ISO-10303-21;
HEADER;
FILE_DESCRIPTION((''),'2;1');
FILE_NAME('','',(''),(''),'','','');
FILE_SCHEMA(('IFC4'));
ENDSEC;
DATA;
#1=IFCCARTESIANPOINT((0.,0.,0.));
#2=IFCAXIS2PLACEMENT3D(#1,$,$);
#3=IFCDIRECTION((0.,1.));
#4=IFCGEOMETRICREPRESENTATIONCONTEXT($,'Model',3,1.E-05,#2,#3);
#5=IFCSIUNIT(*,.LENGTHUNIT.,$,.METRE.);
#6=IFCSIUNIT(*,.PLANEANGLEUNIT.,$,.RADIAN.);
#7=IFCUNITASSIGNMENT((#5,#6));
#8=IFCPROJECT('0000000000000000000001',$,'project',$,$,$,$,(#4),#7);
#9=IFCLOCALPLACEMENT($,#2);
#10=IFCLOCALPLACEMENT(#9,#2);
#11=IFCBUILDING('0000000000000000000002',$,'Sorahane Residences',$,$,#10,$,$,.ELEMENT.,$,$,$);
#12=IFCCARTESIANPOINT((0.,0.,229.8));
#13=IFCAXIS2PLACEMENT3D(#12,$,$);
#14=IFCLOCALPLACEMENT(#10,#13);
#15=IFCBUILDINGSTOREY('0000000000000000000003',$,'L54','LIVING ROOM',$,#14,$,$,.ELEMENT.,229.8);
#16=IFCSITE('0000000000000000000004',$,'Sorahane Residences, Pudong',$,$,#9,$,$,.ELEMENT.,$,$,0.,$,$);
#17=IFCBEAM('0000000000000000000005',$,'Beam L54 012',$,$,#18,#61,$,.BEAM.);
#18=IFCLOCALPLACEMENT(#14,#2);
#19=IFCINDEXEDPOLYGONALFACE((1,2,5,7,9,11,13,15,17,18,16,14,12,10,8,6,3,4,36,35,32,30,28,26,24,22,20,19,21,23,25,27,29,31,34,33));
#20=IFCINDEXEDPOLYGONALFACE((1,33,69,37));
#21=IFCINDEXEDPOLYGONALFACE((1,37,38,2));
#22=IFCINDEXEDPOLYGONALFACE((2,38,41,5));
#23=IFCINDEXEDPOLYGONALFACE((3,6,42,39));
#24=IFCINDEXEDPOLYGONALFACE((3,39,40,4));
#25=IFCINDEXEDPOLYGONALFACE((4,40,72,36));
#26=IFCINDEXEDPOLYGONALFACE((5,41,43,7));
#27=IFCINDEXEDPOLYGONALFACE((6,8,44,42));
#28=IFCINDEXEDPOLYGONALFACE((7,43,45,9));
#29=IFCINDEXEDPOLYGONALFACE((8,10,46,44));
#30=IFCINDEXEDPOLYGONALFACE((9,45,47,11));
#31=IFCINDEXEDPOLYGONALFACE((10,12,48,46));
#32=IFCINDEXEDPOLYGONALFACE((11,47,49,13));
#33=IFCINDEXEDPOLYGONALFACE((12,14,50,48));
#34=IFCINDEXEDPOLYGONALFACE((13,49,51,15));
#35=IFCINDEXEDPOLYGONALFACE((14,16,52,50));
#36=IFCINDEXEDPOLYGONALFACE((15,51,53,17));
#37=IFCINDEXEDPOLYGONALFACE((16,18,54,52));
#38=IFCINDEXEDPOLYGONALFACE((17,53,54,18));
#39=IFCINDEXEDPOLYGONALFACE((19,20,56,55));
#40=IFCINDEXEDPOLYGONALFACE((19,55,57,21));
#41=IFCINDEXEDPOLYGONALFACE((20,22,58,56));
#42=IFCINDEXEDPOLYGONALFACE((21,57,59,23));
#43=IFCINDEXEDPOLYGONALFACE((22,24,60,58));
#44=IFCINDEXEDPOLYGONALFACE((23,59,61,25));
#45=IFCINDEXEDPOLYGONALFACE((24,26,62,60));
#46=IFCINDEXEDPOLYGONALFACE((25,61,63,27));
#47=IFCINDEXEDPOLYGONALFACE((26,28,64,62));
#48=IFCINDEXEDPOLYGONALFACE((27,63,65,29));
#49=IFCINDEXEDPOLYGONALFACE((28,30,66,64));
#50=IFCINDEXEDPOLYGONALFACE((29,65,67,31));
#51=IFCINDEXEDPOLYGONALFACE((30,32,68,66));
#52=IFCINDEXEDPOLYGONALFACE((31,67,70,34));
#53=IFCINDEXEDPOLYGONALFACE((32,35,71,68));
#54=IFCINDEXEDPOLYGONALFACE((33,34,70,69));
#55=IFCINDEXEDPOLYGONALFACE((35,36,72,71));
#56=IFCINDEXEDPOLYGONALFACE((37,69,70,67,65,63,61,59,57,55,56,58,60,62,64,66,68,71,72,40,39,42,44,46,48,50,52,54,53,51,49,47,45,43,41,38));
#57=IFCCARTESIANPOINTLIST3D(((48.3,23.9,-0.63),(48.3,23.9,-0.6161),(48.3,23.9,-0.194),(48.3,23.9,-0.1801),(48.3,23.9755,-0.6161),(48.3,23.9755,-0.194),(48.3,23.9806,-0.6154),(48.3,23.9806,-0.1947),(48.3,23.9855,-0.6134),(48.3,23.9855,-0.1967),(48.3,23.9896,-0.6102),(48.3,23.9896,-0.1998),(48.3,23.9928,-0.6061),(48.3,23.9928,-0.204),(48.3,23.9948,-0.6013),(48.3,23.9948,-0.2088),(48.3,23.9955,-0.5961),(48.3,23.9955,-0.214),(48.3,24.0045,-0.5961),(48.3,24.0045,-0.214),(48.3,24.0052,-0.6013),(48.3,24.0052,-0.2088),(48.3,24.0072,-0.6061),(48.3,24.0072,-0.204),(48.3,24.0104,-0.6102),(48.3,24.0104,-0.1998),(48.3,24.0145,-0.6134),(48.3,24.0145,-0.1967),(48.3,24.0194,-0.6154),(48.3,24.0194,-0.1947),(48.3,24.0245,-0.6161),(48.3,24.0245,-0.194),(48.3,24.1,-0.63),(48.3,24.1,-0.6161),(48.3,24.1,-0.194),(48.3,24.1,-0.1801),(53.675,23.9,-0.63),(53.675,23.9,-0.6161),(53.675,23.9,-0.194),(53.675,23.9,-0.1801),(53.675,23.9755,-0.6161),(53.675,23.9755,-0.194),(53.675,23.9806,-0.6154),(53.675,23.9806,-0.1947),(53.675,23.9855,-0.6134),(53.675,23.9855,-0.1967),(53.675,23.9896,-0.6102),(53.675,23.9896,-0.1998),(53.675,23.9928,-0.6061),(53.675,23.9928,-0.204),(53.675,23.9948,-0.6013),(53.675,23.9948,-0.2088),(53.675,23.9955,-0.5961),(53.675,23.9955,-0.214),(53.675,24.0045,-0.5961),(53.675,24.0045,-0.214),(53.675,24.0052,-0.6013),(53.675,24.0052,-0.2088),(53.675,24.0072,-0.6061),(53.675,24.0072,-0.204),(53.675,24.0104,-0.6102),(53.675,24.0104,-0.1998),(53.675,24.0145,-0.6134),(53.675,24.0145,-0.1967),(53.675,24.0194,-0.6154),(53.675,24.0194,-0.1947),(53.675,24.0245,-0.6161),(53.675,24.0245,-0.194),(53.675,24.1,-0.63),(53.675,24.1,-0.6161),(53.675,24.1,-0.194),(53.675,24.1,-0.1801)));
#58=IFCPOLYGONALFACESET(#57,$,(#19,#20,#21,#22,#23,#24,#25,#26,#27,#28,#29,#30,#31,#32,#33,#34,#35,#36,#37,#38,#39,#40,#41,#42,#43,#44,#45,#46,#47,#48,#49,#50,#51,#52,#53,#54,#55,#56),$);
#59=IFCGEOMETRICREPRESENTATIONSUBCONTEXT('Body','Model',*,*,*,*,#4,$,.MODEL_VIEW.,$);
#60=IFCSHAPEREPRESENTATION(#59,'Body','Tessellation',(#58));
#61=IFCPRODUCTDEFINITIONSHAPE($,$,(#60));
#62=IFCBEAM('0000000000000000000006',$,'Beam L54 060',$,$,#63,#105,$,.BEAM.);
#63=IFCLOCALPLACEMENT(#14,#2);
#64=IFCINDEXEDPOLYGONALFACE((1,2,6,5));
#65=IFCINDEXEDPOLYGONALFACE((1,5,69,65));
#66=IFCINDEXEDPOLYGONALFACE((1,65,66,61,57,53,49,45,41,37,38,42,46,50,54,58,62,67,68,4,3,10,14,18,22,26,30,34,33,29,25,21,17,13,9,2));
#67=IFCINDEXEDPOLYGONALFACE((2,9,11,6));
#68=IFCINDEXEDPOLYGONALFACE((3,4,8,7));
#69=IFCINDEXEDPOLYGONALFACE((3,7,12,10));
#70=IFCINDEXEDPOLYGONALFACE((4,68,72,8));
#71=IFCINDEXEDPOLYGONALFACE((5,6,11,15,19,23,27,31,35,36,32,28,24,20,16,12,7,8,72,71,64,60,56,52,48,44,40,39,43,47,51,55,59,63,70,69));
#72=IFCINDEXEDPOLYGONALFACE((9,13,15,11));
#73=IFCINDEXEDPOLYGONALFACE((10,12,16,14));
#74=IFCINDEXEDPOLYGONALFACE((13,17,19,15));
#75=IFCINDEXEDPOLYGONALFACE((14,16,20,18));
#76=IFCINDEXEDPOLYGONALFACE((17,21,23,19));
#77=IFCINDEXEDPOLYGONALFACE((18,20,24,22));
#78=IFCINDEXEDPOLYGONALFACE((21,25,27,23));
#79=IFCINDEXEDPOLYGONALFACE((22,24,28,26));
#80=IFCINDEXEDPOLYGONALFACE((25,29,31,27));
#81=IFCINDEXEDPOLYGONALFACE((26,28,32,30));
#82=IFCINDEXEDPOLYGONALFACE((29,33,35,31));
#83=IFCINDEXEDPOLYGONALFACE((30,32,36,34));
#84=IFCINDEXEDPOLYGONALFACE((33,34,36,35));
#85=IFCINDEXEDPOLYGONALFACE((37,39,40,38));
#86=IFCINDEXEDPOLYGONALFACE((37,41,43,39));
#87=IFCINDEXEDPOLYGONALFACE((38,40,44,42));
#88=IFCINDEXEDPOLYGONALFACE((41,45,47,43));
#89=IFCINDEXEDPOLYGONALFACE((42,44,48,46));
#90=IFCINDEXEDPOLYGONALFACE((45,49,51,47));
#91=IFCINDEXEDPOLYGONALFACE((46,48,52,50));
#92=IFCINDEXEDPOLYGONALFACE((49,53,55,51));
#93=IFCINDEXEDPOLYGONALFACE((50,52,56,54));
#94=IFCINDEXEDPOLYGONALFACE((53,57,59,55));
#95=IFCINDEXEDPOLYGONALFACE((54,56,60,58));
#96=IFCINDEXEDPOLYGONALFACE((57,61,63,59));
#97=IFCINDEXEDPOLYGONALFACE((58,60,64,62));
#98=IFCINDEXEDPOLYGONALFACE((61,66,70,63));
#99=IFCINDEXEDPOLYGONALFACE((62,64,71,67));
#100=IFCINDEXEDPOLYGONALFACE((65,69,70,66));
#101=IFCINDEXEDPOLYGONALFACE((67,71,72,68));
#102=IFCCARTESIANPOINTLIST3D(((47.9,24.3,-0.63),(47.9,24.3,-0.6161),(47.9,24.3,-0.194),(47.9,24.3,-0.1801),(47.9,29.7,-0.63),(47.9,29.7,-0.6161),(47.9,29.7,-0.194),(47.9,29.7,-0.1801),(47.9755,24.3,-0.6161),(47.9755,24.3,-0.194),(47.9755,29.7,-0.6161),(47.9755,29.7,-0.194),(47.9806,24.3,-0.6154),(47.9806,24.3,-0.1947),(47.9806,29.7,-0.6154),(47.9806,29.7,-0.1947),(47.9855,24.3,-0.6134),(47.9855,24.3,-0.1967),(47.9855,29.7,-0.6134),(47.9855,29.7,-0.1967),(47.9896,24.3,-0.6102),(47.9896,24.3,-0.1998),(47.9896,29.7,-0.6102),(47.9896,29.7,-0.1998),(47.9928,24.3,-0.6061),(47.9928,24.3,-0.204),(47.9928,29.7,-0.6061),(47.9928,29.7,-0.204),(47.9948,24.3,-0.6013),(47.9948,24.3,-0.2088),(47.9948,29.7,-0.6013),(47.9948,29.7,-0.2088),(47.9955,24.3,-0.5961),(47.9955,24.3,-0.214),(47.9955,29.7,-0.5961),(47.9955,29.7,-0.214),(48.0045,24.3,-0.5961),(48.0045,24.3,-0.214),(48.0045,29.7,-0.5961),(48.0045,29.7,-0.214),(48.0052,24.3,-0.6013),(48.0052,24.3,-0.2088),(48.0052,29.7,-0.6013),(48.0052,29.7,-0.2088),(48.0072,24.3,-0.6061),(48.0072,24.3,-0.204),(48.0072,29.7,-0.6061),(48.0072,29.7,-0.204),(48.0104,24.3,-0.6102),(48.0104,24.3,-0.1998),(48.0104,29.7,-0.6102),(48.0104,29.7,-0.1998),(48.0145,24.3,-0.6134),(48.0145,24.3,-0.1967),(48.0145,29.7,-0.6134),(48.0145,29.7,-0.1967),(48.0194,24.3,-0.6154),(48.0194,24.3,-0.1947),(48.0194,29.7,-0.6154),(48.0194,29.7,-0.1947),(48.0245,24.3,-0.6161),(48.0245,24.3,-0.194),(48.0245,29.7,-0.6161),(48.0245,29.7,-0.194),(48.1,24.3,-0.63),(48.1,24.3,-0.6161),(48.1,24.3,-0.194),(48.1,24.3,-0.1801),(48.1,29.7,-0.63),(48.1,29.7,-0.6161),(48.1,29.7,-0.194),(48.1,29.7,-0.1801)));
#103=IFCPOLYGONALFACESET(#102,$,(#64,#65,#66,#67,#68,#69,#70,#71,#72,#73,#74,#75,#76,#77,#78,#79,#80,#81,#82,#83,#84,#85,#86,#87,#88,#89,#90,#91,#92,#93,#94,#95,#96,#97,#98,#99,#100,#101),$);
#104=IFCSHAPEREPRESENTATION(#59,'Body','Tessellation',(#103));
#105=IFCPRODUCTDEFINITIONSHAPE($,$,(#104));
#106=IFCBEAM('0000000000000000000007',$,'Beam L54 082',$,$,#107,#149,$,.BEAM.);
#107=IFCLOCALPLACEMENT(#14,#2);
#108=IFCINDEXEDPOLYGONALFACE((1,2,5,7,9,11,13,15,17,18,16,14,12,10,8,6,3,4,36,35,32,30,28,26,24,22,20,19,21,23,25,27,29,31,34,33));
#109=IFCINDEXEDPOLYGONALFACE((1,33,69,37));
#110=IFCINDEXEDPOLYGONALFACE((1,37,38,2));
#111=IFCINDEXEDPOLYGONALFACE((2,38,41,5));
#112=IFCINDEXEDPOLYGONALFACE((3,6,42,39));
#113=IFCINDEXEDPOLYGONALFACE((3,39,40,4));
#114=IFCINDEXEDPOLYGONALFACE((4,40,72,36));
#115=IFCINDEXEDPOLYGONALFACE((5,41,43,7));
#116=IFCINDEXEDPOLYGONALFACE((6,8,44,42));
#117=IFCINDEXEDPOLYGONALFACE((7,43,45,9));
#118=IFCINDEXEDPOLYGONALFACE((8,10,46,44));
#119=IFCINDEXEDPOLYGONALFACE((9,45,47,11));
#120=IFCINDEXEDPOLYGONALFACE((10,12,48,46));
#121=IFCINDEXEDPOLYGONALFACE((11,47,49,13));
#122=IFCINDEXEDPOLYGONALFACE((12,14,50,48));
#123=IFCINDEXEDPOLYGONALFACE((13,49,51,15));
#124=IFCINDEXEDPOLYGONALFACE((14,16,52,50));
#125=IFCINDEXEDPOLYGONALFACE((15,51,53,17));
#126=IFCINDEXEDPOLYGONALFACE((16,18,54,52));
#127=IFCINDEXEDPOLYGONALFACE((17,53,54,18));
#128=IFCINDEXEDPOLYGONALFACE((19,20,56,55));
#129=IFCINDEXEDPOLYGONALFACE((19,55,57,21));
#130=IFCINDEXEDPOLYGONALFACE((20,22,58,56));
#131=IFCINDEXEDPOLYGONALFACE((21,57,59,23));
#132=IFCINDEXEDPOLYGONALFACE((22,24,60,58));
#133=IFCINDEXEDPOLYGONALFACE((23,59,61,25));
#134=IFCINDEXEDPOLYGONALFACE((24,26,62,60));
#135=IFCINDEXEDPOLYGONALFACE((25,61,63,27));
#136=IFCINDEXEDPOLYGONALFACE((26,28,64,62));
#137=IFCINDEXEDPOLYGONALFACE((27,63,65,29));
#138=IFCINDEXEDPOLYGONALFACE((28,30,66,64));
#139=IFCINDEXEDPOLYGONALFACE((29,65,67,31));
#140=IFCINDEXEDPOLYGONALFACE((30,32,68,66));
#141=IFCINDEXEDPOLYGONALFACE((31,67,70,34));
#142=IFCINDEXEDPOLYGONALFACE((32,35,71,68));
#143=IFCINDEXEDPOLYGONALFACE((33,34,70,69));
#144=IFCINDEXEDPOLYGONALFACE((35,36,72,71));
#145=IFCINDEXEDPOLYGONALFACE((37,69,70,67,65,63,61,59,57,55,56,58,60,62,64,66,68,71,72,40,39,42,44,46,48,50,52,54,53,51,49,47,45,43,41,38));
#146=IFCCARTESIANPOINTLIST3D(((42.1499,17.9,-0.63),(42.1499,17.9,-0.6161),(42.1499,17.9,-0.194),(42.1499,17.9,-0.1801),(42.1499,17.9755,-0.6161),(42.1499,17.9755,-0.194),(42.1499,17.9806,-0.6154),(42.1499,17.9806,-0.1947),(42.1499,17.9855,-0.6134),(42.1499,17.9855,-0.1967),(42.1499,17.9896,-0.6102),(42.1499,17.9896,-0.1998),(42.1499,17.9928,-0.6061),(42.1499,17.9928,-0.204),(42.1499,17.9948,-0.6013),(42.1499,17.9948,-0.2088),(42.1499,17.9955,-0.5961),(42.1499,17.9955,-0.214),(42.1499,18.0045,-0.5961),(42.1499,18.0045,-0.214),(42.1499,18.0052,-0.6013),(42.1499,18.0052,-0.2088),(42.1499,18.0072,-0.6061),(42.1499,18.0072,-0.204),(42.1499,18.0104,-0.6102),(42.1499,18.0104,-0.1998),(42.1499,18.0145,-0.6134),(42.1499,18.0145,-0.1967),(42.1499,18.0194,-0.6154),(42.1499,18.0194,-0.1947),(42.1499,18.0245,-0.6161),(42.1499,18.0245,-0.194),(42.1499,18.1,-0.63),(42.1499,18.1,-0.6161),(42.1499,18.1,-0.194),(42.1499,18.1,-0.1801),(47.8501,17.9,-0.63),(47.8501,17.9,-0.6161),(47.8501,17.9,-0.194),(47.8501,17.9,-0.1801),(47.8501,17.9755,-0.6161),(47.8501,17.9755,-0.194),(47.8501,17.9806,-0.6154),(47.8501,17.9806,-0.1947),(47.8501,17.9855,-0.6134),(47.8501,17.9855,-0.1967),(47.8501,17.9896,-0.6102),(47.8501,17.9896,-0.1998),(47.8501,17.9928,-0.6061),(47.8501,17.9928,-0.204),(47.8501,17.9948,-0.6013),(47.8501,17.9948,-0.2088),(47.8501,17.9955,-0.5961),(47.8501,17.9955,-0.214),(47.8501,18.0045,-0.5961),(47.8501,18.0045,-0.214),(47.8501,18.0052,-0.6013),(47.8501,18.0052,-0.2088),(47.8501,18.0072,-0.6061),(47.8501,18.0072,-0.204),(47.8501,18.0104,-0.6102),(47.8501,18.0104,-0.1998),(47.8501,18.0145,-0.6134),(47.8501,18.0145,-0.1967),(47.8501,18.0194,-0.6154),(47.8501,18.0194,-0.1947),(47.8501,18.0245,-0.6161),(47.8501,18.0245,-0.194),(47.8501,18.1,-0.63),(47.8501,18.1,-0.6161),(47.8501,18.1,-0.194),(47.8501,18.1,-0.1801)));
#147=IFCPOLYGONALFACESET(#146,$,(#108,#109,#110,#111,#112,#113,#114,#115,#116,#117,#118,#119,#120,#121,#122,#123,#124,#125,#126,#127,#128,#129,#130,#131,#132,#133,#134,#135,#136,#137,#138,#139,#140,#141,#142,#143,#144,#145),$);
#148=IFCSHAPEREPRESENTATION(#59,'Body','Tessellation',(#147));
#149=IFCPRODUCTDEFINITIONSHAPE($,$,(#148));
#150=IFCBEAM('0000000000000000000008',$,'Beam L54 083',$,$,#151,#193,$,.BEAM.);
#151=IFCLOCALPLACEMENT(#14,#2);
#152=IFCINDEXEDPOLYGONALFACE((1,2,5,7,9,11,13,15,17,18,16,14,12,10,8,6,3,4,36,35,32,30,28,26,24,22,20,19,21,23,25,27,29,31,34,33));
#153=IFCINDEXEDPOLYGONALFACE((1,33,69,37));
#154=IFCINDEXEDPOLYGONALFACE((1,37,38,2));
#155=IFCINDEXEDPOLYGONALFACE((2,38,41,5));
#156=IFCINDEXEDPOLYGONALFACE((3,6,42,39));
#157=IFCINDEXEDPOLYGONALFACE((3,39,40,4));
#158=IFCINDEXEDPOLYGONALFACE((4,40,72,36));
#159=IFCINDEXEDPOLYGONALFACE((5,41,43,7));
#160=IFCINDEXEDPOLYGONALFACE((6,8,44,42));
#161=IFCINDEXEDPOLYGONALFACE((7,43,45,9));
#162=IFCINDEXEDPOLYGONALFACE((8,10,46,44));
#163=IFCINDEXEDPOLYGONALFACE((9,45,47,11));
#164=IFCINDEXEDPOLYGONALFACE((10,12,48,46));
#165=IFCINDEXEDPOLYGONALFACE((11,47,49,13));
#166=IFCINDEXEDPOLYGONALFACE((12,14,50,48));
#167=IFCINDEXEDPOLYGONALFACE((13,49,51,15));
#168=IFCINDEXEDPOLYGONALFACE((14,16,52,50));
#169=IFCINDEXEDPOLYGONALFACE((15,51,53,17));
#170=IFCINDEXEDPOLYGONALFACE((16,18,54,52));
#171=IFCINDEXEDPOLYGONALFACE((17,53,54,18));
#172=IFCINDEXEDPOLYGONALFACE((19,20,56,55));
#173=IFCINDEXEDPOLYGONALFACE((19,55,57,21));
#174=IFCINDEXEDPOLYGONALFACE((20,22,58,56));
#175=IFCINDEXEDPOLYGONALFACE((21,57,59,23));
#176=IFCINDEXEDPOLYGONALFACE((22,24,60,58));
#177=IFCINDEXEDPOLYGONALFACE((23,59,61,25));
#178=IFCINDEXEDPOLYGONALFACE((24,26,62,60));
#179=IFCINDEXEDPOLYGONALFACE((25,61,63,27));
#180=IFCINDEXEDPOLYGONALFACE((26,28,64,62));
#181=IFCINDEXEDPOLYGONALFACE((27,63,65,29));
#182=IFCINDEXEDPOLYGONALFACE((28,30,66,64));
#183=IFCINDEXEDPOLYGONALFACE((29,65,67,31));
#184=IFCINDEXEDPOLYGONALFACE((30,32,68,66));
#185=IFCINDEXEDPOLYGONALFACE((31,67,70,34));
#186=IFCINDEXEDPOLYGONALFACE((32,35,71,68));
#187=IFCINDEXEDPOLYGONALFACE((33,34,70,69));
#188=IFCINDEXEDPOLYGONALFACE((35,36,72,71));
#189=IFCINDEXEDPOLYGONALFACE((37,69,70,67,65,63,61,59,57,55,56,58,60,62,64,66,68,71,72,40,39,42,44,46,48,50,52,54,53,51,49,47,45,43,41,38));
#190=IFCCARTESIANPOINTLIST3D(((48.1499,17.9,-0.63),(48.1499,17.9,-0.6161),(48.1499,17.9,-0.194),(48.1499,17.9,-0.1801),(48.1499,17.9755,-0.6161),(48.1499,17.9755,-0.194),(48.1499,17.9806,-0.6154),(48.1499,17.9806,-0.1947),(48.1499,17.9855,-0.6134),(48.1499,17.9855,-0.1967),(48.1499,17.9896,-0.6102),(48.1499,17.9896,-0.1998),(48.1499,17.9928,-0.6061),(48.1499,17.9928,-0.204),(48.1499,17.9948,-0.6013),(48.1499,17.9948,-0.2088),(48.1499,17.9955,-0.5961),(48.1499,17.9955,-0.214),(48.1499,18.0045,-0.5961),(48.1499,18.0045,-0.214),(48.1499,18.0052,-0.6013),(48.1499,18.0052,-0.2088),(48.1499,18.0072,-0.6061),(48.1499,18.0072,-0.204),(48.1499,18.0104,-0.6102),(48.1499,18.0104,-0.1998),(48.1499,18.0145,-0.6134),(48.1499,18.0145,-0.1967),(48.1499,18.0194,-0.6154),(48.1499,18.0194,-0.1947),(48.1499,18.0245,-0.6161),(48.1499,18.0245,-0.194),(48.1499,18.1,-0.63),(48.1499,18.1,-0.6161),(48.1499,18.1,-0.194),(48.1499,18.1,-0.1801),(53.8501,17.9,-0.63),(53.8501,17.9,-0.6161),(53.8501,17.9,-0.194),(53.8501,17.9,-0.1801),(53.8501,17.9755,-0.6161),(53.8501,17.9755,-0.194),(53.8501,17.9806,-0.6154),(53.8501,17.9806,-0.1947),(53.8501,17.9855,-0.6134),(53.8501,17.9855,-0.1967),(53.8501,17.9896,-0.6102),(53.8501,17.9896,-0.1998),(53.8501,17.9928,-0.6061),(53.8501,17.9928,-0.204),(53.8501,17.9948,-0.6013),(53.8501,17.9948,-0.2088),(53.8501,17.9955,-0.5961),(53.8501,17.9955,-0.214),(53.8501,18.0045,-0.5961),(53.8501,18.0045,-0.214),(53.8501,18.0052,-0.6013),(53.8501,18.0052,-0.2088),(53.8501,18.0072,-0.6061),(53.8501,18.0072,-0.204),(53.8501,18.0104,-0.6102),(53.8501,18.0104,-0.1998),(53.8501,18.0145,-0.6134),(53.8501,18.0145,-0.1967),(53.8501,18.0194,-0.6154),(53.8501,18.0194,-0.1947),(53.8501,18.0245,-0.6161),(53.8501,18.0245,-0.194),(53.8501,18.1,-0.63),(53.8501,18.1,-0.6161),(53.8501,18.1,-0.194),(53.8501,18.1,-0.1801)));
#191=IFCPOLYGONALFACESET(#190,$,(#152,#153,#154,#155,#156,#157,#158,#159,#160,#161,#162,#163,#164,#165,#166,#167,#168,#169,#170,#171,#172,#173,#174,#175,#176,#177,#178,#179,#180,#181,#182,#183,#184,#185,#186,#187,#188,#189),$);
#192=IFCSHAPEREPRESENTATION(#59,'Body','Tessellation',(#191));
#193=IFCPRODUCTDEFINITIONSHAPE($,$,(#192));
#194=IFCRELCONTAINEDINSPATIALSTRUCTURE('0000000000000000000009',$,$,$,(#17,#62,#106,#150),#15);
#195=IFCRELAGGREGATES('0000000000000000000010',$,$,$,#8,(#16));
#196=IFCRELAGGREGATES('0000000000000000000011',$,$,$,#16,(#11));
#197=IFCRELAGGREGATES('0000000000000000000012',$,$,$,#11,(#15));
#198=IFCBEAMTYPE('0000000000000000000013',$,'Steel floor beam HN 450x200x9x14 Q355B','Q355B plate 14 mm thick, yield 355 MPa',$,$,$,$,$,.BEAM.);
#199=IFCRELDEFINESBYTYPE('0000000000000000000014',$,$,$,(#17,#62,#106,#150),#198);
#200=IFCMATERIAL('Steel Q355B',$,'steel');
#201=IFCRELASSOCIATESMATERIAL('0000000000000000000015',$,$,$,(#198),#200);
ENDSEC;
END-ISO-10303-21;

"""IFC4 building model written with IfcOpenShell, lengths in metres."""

from ifc_helpers import new_model, si_unit, direction, frame, origin, origin_2d, place, context, subcontext, project, spatial, i_section, extrude, material, material_profile, profile_set, type_object, element, save


model = new_model("IFC4")

# Units and contexts
model_context = context("Model", 3, precision=1e-05, world=origin(), true_north=direction((0.0, 1.0)))
body_context = subcontext(model_context, "Body", "Model", "MODEL_VIEW")
ifc_project = project(units=[si_unit("LENGTHUNIT", "METRE"), si_unit("PLANEANGLEUNIT", "RADIAN")], contexts=[model_context])

# Site, building, storey
site_placement = place(None, origin())
site = spatial("IfcSite", under=ifc_project, at=site_placement, Name="Sorahane Residences, Pudong", CompositionType="ELEMENT", RefElevation=0.0)
building_placement = place(site_placement, origin())
building = spatial("IfcBuilding", under=site, at=building_placement, Name="Sorahane Residences", CompositionType="ELEMENT")
storey_placement = place(building_placement, frame((0.0, 0.0, 229.8)))
storey = spatial("IfcBuildingStorey", under=building, at=storey_placement, Name="L54", Description="LIVING ROOM", CompositionType="ELEMENT", Elevation=229.8)

# Beams
ifc_material_1 = material(Name="Steel Q355B", Category="steel")
ifc_material_profile_1 = material_profile(ifc_material_1, i_section(OverallWidth=0.2, OverallDepth=0.45, WebThickness=0.009, FlangeThickness=0.0139, FilletRadius=0.02, at=origin_2d()), Name="HN 450x200x9x14")
ifc_profile_set_1 = profile_set([ifc_material_profile_1], Name="Steel Q355B")
beam_type_1 = type_object("IfcBeamType", Name="Steel floor beam HN 450x200x9x14 Q355B", Description="Q355B plate 14 mm thick, yield 355 MPa", PredefinedType="BEAM", material=ifc_profile_set_1)
beam_1_placement = place(storey_placement, frame((48.3, 24.0, -0.405), z_axis=(1.0, 0.0, 0.0), x_axis=(0.0, 1.0, 0.0)))
element("IfcBeam", 1, at=beam_1_placement, inside=storey, type_object=beam_type_1, Name="Beam L54 012", PredefinedType="BEAM", context=body_context, shape_type="SweptSolid", body=[
    extrude(i_section(OverallWidth=0.2, OverallDepth=0.45, WebThickness=0.009, FlangeThickness=0.0139, FilletRadius=0.02, at=origin_2d()), origin(), (0.0, 0.0, 1.0), 5.375),
])
beam_2_placement = place(storey_placement, frame((48.0, 24.3, -0.405), z_axis=(0.0, 1.0, 0.0), x_axis=(-1.0, 0.0, 0.0)))
element("IfcBeam", 2, at=beam_2_placement, inside=storey, type_object=beam_type_1, Name="Beam L54 060", PredefinedType="BEAM", context=body_context, shape_type="SweptSolid", body=[
    extrude(i_section(OverallWidth=0.2, OverallDepth=0.45, WebThickness=0.009, FlangeThickness=0.0139, FilletRadius=0.02, at=origin_2d()), origin(), (0.0, 0.0, 1.0), 5.3999),
])
for number, where, z_axis, x_axis, name in (
    (3, (42.1499, 18.0, -0.405), (1.0, 0.0, 0.0), (0.0, 1.0, 0.0), "Beam L54 082"),
    (4, (48.1499, 18.0, -0.405), (1.0, 0.0, 0.0), (0.0, 1.0, 0.0), "Beam L54 083"),
):
    element("IfcBeam", number, at=place(storey_placement, frame(where, z_axis=z_axis, x_axis=x_axis)), inside=storey, type_object=beam_type_1, Name=name, PredefinedType="BEAM", context=body_context, shape_type="SweptSolid", body=[
        extrude(i_section(OverallWidth=0.2, OverallDepth=0.45, WebThickness=0.009, FlangeThickness=0.0139, FilletRadius=0.02, at=origin_2d()), origin(), (0.0, 0.0, 1.0), 5.7002),
    ])

save(model, "model.ifc")
